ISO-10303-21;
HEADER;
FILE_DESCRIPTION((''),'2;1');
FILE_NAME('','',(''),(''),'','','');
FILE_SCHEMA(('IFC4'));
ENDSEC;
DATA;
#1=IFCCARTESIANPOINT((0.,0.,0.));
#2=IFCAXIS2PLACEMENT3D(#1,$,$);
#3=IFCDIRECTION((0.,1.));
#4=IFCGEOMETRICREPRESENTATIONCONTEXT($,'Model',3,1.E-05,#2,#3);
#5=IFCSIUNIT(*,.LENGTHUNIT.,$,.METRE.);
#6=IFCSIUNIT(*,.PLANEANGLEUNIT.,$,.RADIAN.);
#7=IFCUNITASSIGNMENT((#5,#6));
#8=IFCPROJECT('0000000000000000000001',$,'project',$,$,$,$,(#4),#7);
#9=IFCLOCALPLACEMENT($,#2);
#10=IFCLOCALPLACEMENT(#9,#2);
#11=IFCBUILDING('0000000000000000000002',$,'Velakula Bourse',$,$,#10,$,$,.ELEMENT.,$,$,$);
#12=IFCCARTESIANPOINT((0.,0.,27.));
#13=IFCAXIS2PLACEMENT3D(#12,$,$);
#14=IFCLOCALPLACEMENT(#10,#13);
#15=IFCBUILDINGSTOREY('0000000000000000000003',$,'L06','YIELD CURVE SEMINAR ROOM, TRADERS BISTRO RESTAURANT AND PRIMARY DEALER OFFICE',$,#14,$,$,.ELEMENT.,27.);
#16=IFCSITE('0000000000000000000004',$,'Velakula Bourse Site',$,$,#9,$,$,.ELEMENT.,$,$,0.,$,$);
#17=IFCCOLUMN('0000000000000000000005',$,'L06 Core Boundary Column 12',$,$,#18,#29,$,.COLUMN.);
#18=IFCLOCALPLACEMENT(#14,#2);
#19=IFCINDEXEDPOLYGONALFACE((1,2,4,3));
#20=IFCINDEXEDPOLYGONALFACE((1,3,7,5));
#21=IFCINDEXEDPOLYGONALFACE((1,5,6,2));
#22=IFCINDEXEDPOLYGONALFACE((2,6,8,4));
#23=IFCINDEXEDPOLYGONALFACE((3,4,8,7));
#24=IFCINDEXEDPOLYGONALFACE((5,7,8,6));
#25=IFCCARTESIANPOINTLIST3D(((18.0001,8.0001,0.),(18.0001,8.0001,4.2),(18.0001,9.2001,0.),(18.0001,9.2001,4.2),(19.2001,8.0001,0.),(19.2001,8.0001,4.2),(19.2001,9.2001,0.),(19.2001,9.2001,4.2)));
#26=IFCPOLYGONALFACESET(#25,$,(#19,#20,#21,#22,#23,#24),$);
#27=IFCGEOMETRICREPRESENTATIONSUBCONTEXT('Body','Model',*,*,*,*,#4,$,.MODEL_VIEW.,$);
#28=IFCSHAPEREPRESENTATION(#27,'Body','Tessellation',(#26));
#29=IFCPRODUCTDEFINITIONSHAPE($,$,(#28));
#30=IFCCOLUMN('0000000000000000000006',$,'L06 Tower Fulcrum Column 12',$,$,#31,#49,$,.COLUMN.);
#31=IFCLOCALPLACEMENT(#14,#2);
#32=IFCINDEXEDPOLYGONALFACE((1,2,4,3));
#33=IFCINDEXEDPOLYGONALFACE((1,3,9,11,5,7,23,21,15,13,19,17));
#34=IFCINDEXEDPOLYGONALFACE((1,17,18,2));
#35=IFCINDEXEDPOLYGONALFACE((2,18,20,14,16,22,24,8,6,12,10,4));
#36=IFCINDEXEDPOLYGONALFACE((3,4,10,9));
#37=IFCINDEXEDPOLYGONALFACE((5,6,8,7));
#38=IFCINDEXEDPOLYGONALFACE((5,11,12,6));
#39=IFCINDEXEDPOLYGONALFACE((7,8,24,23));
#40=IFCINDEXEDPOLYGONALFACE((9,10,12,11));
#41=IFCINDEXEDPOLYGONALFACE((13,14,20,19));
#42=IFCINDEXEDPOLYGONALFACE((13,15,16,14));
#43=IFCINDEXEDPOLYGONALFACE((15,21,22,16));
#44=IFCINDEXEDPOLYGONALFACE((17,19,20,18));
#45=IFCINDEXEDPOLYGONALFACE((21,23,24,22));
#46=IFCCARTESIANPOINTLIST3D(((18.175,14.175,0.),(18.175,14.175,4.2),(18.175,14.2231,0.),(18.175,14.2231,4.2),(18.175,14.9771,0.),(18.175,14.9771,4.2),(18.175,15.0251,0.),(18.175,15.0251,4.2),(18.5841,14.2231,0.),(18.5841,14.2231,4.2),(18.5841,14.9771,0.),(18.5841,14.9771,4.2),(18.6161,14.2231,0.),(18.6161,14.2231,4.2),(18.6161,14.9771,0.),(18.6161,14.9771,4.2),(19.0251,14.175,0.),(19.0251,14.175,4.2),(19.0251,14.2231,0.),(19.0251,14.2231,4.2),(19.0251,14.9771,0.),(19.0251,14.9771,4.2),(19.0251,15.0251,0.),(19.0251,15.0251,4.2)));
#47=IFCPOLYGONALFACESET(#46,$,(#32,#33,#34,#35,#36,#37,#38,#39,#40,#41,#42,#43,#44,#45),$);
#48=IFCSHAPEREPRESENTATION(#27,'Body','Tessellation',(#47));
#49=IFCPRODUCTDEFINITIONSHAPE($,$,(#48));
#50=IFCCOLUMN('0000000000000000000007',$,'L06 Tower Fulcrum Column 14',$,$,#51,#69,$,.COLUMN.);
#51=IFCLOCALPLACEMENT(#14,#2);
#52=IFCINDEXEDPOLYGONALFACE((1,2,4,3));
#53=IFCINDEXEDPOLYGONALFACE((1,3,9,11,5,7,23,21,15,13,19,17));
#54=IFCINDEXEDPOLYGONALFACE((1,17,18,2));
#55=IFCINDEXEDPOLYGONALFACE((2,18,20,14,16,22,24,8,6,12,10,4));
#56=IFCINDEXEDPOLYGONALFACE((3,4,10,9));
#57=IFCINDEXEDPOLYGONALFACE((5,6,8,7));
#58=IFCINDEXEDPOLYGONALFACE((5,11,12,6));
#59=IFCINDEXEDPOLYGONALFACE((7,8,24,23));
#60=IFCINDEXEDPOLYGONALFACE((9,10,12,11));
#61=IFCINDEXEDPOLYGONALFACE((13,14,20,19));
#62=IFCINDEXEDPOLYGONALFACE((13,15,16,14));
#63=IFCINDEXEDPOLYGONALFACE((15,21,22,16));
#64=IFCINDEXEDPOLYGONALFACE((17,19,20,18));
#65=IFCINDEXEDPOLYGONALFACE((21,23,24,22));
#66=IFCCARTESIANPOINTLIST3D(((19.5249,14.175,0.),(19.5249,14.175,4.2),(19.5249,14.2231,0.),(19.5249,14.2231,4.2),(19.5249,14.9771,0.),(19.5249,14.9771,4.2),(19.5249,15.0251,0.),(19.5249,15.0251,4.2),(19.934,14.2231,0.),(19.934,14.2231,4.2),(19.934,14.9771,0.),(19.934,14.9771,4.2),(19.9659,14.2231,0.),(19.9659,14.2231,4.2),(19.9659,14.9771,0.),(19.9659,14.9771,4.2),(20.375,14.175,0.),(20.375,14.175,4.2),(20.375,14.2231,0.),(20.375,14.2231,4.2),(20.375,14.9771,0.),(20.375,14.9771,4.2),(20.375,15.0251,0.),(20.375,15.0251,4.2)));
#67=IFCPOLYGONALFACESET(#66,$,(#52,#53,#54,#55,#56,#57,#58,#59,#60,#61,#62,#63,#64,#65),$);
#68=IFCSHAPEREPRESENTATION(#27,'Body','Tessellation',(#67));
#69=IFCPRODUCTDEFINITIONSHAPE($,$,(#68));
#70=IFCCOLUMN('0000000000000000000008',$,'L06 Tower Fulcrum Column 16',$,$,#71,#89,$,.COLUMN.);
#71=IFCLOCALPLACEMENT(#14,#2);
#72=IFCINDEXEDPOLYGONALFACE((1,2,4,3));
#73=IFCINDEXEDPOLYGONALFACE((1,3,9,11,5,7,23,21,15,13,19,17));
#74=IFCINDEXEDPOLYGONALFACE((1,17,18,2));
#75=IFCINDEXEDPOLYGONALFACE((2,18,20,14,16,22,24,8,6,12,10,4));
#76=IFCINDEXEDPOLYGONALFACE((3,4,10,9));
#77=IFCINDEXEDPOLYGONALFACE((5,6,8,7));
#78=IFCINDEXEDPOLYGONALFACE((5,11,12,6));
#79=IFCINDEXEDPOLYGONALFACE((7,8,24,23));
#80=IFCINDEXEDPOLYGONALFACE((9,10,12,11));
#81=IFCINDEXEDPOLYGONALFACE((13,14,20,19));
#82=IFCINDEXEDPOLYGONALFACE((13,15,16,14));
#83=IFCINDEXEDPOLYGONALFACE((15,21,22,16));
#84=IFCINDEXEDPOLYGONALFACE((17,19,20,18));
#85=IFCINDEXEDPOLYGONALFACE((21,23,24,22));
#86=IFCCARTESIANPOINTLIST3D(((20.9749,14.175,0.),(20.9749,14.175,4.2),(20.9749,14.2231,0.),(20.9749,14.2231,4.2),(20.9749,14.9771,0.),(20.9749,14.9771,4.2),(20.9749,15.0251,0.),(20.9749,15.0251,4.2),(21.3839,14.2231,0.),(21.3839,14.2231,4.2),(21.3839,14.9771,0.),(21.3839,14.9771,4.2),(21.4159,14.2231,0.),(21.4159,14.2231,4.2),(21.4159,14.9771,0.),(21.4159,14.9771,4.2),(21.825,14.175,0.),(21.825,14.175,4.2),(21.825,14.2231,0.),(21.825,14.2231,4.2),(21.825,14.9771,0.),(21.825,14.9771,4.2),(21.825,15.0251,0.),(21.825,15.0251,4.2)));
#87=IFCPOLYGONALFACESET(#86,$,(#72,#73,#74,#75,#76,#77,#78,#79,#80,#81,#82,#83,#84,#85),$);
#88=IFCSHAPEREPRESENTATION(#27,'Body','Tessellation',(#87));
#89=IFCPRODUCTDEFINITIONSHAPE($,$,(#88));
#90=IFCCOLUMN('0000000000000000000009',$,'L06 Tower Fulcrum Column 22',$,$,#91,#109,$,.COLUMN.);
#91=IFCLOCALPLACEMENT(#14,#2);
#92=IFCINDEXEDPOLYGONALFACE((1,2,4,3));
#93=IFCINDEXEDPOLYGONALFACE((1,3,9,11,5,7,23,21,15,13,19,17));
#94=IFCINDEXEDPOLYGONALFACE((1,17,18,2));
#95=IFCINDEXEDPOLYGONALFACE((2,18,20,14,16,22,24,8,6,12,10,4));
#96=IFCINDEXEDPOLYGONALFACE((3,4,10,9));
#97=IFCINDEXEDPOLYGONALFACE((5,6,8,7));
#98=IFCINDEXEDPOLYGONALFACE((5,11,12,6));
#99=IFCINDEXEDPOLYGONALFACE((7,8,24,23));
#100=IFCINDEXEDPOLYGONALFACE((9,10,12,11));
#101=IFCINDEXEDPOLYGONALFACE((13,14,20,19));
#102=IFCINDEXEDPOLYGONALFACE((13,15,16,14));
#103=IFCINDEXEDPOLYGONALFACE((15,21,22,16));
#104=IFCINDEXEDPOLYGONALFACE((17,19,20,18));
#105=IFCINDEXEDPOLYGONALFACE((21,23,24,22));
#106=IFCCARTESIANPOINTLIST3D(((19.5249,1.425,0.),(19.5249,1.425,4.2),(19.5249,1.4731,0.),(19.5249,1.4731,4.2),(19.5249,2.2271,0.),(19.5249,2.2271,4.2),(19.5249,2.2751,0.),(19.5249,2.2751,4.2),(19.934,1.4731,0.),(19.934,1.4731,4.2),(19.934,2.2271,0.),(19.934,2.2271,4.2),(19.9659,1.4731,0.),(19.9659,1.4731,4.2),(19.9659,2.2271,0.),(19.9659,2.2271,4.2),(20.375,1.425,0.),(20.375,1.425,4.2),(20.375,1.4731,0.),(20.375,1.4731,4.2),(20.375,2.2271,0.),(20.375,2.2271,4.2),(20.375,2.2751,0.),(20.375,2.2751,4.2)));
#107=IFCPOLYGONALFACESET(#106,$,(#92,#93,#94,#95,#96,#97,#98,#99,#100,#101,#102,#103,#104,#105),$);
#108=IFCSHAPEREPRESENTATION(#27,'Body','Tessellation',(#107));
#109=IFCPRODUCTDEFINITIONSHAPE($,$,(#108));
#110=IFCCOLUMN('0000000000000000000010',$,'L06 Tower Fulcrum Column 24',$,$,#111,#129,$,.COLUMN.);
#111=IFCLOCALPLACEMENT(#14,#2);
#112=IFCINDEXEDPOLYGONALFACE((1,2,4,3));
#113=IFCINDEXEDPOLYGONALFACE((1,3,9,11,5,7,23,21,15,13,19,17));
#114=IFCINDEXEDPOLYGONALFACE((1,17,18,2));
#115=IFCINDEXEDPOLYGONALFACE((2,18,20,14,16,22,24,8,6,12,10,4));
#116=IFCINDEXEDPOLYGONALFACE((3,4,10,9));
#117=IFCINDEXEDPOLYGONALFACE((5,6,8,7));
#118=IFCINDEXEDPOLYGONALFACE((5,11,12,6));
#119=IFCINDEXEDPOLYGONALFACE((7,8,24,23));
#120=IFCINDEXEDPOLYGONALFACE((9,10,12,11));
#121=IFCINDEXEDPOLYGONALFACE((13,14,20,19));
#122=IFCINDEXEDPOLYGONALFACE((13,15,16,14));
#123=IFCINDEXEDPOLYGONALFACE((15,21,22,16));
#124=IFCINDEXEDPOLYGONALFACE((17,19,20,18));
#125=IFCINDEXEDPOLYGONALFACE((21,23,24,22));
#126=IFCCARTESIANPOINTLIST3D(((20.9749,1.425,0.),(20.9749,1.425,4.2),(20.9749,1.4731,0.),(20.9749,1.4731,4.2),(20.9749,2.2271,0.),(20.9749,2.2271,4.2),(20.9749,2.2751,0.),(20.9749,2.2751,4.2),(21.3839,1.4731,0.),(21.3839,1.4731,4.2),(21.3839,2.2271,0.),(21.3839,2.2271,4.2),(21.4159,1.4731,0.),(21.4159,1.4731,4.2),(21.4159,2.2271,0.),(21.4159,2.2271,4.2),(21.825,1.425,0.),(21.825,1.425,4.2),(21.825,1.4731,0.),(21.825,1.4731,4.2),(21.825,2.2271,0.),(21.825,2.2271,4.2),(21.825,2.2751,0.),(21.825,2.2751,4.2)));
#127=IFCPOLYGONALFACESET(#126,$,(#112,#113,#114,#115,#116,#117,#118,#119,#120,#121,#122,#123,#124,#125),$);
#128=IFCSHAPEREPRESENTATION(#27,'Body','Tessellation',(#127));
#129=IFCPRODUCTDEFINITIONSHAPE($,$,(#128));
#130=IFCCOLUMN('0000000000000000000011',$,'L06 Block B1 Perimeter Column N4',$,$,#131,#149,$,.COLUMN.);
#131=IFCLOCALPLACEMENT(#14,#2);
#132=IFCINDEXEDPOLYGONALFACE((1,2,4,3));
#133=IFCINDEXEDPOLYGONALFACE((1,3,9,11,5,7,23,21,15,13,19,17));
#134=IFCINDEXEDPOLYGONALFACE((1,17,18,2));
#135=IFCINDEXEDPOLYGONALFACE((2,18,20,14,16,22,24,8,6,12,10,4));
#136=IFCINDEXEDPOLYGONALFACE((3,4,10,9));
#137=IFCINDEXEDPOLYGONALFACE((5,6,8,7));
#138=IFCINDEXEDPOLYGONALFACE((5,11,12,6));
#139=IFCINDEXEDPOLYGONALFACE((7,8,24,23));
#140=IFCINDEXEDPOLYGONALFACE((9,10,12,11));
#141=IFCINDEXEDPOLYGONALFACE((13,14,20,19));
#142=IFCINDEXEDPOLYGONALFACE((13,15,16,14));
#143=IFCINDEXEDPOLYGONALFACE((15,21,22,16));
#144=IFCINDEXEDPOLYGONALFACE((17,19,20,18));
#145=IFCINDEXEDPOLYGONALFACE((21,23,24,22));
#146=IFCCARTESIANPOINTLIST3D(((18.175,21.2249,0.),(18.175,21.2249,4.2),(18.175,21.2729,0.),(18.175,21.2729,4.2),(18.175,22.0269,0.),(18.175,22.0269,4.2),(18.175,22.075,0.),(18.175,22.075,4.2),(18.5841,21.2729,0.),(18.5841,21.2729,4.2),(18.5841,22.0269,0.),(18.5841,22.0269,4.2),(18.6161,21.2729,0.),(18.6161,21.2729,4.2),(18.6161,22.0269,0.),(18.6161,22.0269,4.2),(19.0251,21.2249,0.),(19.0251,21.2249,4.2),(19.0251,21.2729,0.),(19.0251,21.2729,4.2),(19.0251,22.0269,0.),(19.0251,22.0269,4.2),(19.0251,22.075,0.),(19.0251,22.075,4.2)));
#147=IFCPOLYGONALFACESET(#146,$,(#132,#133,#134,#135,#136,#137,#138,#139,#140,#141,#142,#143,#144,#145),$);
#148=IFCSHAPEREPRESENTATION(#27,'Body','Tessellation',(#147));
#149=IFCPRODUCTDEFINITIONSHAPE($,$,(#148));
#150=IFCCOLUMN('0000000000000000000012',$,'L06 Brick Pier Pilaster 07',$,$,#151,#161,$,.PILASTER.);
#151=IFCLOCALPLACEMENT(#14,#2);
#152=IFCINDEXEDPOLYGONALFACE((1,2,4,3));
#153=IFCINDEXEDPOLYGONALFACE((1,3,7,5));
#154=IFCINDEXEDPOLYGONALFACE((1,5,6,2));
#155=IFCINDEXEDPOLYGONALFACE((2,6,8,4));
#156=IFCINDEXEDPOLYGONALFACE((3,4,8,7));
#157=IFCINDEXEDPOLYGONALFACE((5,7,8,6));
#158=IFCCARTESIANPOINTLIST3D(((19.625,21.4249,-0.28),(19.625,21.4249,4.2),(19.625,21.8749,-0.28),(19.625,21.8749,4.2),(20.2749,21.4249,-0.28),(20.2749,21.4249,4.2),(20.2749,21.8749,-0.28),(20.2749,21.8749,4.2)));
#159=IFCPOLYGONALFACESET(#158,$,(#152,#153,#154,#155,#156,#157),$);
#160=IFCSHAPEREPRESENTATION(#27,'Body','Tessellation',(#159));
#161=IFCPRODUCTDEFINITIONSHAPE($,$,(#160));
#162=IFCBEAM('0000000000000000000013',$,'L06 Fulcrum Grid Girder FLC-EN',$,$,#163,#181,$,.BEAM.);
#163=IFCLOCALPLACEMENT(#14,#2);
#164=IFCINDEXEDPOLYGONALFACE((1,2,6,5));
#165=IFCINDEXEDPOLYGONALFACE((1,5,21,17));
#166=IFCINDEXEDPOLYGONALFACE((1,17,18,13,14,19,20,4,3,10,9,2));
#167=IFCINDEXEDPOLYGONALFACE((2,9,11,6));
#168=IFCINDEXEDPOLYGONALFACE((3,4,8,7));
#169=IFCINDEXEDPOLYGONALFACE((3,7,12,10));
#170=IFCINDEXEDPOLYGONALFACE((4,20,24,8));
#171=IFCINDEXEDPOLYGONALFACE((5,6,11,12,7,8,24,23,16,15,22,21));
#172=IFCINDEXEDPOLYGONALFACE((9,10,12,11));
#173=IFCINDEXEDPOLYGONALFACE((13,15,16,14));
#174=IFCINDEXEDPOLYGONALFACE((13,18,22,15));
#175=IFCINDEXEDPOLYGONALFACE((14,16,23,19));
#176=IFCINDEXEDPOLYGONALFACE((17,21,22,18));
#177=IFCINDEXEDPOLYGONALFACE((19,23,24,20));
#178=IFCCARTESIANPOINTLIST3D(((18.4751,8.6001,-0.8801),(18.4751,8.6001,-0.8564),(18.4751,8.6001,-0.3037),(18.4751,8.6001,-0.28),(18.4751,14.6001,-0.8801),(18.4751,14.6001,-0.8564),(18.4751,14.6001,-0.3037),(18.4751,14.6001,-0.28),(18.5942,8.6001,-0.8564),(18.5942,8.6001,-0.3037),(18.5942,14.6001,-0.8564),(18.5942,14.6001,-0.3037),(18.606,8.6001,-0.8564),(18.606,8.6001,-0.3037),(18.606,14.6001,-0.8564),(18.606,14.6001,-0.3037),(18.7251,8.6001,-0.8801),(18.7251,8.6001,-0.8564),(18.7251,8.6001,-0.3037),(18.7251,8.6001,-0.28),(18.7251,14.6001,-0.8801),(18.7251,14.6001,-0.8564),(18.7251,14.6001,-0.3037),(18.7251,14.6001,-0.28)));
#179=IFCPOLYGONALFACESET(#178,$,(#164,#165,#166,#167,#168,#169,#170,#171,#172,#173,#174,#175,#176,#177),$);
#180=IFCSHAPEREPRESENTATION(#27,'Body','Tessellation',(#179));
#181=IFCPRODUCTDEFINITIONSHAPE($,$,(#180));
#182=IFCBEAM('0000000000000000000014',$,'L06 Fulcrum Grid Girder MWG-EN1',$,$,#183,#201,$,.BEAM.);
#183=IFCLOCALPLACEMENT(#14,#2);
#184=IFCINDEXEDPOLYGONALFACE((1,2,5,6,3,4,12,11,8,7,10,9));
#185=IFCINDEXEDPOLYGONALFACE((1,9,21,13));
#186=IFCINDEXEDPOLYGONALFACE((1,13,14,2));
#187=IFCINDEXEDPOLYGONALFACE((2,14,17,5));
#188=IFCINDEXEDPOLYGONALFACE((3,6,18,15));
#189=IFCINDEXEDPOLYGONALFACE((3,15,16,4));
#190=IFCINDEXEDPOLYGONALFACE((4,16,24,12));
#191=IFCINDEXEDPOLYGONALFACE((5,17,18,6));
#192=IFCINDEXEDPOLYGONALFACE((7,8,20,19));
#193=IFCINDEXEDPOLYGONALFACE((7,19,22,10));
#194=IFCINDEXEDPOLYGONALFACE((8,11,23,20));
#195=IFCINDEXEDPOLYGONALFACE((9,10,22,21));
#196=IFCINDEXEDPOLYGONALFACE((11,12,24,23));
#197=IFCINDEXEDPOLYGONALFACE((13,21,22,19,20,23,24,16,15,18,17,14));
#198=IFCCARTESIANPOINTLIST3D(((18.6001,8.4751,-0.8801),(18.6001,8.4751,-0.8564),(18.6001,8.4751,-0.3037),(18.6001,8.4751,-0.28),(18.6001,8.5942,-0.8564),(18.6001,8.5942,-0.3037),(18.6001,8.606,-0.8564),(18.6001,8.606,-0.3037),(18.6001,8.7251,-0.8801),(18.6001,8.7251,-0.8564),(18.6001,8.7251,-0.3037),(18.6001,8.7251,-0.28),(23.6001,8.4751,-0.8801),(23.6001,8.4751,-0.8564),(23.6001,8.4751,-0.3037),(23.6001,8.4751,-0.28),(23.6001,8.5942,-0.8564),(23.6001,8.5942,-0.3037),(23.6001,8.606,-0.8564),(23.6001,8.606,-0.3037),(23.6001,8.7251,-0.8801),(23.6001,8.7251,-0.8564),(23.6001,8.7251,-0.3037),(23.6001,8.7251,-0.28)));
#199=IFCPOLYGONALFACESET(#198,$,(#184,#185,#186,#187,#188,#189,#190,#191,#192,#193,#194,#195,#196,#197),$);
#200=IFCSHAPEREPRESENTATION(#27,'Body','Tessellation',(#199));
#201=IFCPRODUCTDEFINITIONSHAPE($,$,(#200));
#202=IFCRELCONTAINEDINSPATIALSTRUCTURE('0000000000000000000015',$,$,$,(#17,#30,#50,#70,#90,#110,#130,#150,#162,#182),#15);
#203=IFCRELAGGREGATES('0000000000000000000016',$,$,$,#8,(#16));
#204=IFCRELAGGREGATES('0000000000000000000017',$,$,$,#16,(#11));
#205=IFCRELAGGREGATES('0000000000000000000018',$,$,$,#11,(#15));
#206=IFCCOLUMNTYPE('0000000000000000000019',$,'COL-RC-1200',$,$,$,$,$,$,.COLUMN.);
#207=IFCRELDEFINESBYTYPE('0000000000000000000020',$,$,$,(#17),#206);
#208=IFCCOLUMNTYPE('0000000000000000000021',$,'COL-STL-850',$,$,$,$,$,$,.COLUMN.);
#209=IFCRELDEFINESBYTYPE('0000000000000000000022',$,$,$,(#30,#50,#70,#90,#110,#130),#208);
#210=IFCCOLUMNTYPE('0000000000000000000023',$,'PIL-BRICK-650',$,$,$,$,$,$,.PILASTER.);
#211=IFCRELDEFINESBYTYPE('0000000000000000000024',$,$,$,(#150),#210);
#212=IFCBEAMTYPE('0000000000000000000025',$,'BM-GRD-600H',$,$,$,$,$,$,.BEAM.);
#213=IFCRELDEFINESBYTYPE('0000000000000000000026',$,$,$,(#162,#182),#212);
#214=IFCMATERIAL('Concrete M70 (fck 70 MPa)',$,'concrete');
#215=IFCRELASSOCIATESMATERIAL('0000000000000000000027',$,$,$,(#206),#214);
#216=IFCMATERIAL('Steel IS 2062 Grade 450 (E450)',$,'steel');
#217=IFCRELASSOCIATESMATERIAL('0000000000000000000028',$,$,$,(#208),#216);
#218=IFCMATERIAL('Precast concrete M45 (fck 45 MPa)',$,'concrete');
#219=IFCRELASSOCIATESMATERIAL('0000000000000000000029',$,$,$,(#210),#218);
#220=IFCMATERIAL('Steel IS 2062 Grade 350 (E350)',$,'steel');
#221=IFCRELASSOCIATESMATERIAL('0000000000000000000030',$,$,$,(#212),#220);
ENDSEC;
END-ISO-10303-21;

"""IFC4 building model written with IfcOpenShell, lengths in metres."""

from ifc_helpers import new_model, si_unit, direction, frame, origin, origin_2d, place, context, subcontext, project, spatial, rectangle, i_section, extrude, material, material_profile, profile_set, type_object, element, save


model = new_model("IFC4")

# Units and contexts
model_context = context("Model", 3, precision=1e-05, world=origin(), true_north=direction((0.0, 1.0)))
body_context = subcontext(model_context, "Body", "Model", "MODEL_VIEW")
ifc_project = project(units=[si_unit("LENGTHUNIT", "METRE"), si_unit("PLANEANGLEUNIT", "RADIAN")], contexts=[model_context])

# Site, building, storey
site_placement = place(None, origin())
site = spatial("IfcSite", under=ifc_project, at=site_placement, Name="Velakula Bourse Site", CompositionType="ELEMENT", RefElevation=0.0)
building_placement = place(site_placement, origin())
building = spatial("IfcBuilding", under=site, at=building_placement, Name="Velakula Bourse", CompositionType="ELEMENT")
storey_placement = place(building_placement, frame((0.0, 0.0, 27.0)))
storey = spatial("IfcBuildingStorey", under=building, at=storey_placement, Name="L06", Description="YIELD CURVE SEMINAR ROOM, TRADERS BISTRO RESTAURANT AND PRIMARY DEALER OFFICE", CompositionType="ELEMENT", Elevation=27.0)

# Columns
ifc_material_1 = material(Name="Concrete M70 (fck 70 MPa)", Category="concrete")
ifc_material_profile_1 = material_profile(ifc_material_1, rectangle(XDim=1.2, YDim=1.2, at=origin_2d()), Name="Concrete M70 (fck 70 MPa)")
ifc_profile_set_1 = profile_set([ifc_material_profile_1], Name="Concrete M70 (fck 70 MPa)")
column_type_1 = type_object("IfcColumnType", Name="COL-RC-1200", PredefinedType="COLUMN", material=ifc_profile_set_1)
column_1_placement = place(storey_placement, frame((18.6001, 8.6001, 0.0), z_axis=(0.0, 0.0, 1.0), x_axis=(1.0, 0.0, 0.0)))
element("IfcColumn", 1, at=column_1_placement, inside=storey, type_object=column_type_1, Name="L06 Core Boundary Column 12", PredefinedType="COLUMN", context=body_context, shape_type="SweptSolid", body=[
    extrude(rectangle(XDim=1.2, YDim=1.2, at=origin_2d()), origin(), (0.0, 0.0, 1.0), 4.2),
])
ifc_material_2 = material(Name="Steel IS 2062 Grade 450 (E450)", Category="steel")
ifc_material_profile_2 = material_profile(ifc_material_2, i_section(OverallWidth=0.8501, OverallDepth=0.8501, WebThickness=0.032, FlangeThickness=0.0481, at=origin_2d()), Name="Steel IS 2062 Grade 450 (E450)")
ifc_profile_set_2 = profile_set([ifc_material_profile_2], Name="Steel IS 2062 Grade 450 (E450)")
column_type_2 = type_object("IfcColumnType", Name="COL-STL-850", PredefinedType="COLUMN", material=ifc_profile_set_2)
for number, where, z_axis, x_axis, name in (
    (2, (18.6001, 14.6001, 0.0), (0.0, 0.0, 1.0), (1.0, 0.0, 0.0), "L06 Tower Fulcrum Column 12"),
    (3, (19.95, 14.6001, 0.0), (0.0, 0.0, 1.0), (1.0, 0.0, 0.0), "L06 Tower Fulcrum Column 14"),
    (4, (21.3999, 14.6001, 0.0), (0.0, 0.0, 1.0), (1.0, 0.0, 0.0), "L06 Tower Fulcrum Column 16"),
    (5, (19.95, 1.8501, 0.0), (0.0, 0.0, 1.0), (1.0, 0.0, 0.0), "L06 Tower Fulcrum Column 22"),
    (6, (21.3999, 1.8501, 0.0), (0.0, 0.0, 1.0), (1.0, 0.0, 0.0), "L06 Tower Fulcrum Column 24"),
    (7, (18.6001, 21.6499, 0.0), (0.0, 0.0, 1.0), (1.0, 0.0, 0.0), "L06 Block B1 Perimeter Column N4"),
):
    element("IfcColumn", number, at=place(storey_placement, frame(where, z_axis=z_axis, x_axis=x_axis)), inside=storey, type_object=column_type_2, Name=name, PredefinedType="COLUMN", context=body_context, shape_type="SweptSolid", body=[
        extrude(i_section(OverallWidth=0.8501, OverallDepth=0.8501, WebThickness=0.032, FlangeThickness=0.0481, at=origin_2d()), origin(), (0.0, 0.0, 1.0), 4.2),
    ])
ifc_material_3 = material(Name="Precast concrete M45 (fck 45 MPa)", Category="concrete")
ifc_material_profile_3 = material_profile(ifc_material_3, rectangle(XDim=0.6499, YDim=0.45, at=origin_2d()), Name="Precast concrete M45 (fck 45 MPa)")
ifc_profile_set_3 = profile_set([ifc_material_profile_3], Name="Precast concrete M45 (fck 45 MPa)")
column_type_3 = type_object("IfcColumnType", Name="PIL-BRICK-650", PredefinedType="PILASTER", material=ifc_profile_set_3)
column_2_placement = place(storey_placement, frame((19.95, 21.6499, -0.28), z_axis=(0.0, 0.0, 1.0), x_axis=(1.0, 0.0, 0.0)))
element("IfcColumn", 8, at=column_2_placement, inside=storey, type_object=column_type_3, Name="L06 Brick Pier Pilaster 07", PredefinedType="PILASTER", context=body_context, shape_type="SweptSolid", body=[
    extrude(rectangle(XDim=0.6499, YDim=0.45, at=origin_2d()), origin(), (0.0, 0.0, 1.0), 4.48),
])

# Beams
ifc_material_4 = material(Name="Steel IS 2062 Grade 350 (E350)", Category="steel")
ifc_material_profile_4 = material_profile(ifc_material_4, i_section(OverallWidth=0.25, OverallDepth=0.6001, WebThickness=0.0117, FlangeThickness=0.0237, at=origin_2d()), Name="Steel IS 2062 Grade 350 (E350)")
ifc_profile_set_4 = profile_set([ifc_material_profile_4], Name="Steel IS 2062 Grade 350 (E350)")
beam_type_1 = type_object("IfcBeamType", Name="BM-GRD-600H", PredefinedType="BEAM", material=ifc_profile_set_4)
beam_1_placement = place(storey_placement, frame((18.6001, 8.6001, -0.5801), z_axis=(0.0, 1.0, 0.0), x_axis=(-1.0, 0.0, 0.0)))
element("IfcBeam", 9, at=beam_1_placement, inside=storey, type_object=beam_type_1, Name="L06 Fulcrum Grid Girder FLC-EN", PredefinedType="BEAM", context=body_context, shape_type="SweptSolid", body=[
    extrude(i_section(OverallWidth=0.25, OverallDepth=0.6001, WebThickness=0.0117, FlangeThickness=0.0237, at=origin_2d()), origin(), (0.0, 0.0, 1.0), 6.0),
])
for number, where, z_axis, x_axis, name in (
    (10, (18.6001, 8.6001, -0.5801), (1.0, 0.0, 0.0), (0.0, 1.0, 0.0), "L06 Fulcrum Grid Girder MWG-EN1"),
):
    element("IfcBeam", number, at=place(storey_placement, frame(where, z_axis=z_axis, x_axis=x_axis)), inside=storey, type_object=beam_type_1, Name=name, PredefinedType="BEAM", context=body_context, shape_type="SweptSolid", body=[
        extrude(i_section(OverallWidth=0.25, OverallDepth=0.6001, WebThickness=0.0117, FlangeThickness=0.0237, at=origin_2d()), origin(), (0.0, 0.0, 1.0), 5.0),
    ])

save(model, "model.ifc")
